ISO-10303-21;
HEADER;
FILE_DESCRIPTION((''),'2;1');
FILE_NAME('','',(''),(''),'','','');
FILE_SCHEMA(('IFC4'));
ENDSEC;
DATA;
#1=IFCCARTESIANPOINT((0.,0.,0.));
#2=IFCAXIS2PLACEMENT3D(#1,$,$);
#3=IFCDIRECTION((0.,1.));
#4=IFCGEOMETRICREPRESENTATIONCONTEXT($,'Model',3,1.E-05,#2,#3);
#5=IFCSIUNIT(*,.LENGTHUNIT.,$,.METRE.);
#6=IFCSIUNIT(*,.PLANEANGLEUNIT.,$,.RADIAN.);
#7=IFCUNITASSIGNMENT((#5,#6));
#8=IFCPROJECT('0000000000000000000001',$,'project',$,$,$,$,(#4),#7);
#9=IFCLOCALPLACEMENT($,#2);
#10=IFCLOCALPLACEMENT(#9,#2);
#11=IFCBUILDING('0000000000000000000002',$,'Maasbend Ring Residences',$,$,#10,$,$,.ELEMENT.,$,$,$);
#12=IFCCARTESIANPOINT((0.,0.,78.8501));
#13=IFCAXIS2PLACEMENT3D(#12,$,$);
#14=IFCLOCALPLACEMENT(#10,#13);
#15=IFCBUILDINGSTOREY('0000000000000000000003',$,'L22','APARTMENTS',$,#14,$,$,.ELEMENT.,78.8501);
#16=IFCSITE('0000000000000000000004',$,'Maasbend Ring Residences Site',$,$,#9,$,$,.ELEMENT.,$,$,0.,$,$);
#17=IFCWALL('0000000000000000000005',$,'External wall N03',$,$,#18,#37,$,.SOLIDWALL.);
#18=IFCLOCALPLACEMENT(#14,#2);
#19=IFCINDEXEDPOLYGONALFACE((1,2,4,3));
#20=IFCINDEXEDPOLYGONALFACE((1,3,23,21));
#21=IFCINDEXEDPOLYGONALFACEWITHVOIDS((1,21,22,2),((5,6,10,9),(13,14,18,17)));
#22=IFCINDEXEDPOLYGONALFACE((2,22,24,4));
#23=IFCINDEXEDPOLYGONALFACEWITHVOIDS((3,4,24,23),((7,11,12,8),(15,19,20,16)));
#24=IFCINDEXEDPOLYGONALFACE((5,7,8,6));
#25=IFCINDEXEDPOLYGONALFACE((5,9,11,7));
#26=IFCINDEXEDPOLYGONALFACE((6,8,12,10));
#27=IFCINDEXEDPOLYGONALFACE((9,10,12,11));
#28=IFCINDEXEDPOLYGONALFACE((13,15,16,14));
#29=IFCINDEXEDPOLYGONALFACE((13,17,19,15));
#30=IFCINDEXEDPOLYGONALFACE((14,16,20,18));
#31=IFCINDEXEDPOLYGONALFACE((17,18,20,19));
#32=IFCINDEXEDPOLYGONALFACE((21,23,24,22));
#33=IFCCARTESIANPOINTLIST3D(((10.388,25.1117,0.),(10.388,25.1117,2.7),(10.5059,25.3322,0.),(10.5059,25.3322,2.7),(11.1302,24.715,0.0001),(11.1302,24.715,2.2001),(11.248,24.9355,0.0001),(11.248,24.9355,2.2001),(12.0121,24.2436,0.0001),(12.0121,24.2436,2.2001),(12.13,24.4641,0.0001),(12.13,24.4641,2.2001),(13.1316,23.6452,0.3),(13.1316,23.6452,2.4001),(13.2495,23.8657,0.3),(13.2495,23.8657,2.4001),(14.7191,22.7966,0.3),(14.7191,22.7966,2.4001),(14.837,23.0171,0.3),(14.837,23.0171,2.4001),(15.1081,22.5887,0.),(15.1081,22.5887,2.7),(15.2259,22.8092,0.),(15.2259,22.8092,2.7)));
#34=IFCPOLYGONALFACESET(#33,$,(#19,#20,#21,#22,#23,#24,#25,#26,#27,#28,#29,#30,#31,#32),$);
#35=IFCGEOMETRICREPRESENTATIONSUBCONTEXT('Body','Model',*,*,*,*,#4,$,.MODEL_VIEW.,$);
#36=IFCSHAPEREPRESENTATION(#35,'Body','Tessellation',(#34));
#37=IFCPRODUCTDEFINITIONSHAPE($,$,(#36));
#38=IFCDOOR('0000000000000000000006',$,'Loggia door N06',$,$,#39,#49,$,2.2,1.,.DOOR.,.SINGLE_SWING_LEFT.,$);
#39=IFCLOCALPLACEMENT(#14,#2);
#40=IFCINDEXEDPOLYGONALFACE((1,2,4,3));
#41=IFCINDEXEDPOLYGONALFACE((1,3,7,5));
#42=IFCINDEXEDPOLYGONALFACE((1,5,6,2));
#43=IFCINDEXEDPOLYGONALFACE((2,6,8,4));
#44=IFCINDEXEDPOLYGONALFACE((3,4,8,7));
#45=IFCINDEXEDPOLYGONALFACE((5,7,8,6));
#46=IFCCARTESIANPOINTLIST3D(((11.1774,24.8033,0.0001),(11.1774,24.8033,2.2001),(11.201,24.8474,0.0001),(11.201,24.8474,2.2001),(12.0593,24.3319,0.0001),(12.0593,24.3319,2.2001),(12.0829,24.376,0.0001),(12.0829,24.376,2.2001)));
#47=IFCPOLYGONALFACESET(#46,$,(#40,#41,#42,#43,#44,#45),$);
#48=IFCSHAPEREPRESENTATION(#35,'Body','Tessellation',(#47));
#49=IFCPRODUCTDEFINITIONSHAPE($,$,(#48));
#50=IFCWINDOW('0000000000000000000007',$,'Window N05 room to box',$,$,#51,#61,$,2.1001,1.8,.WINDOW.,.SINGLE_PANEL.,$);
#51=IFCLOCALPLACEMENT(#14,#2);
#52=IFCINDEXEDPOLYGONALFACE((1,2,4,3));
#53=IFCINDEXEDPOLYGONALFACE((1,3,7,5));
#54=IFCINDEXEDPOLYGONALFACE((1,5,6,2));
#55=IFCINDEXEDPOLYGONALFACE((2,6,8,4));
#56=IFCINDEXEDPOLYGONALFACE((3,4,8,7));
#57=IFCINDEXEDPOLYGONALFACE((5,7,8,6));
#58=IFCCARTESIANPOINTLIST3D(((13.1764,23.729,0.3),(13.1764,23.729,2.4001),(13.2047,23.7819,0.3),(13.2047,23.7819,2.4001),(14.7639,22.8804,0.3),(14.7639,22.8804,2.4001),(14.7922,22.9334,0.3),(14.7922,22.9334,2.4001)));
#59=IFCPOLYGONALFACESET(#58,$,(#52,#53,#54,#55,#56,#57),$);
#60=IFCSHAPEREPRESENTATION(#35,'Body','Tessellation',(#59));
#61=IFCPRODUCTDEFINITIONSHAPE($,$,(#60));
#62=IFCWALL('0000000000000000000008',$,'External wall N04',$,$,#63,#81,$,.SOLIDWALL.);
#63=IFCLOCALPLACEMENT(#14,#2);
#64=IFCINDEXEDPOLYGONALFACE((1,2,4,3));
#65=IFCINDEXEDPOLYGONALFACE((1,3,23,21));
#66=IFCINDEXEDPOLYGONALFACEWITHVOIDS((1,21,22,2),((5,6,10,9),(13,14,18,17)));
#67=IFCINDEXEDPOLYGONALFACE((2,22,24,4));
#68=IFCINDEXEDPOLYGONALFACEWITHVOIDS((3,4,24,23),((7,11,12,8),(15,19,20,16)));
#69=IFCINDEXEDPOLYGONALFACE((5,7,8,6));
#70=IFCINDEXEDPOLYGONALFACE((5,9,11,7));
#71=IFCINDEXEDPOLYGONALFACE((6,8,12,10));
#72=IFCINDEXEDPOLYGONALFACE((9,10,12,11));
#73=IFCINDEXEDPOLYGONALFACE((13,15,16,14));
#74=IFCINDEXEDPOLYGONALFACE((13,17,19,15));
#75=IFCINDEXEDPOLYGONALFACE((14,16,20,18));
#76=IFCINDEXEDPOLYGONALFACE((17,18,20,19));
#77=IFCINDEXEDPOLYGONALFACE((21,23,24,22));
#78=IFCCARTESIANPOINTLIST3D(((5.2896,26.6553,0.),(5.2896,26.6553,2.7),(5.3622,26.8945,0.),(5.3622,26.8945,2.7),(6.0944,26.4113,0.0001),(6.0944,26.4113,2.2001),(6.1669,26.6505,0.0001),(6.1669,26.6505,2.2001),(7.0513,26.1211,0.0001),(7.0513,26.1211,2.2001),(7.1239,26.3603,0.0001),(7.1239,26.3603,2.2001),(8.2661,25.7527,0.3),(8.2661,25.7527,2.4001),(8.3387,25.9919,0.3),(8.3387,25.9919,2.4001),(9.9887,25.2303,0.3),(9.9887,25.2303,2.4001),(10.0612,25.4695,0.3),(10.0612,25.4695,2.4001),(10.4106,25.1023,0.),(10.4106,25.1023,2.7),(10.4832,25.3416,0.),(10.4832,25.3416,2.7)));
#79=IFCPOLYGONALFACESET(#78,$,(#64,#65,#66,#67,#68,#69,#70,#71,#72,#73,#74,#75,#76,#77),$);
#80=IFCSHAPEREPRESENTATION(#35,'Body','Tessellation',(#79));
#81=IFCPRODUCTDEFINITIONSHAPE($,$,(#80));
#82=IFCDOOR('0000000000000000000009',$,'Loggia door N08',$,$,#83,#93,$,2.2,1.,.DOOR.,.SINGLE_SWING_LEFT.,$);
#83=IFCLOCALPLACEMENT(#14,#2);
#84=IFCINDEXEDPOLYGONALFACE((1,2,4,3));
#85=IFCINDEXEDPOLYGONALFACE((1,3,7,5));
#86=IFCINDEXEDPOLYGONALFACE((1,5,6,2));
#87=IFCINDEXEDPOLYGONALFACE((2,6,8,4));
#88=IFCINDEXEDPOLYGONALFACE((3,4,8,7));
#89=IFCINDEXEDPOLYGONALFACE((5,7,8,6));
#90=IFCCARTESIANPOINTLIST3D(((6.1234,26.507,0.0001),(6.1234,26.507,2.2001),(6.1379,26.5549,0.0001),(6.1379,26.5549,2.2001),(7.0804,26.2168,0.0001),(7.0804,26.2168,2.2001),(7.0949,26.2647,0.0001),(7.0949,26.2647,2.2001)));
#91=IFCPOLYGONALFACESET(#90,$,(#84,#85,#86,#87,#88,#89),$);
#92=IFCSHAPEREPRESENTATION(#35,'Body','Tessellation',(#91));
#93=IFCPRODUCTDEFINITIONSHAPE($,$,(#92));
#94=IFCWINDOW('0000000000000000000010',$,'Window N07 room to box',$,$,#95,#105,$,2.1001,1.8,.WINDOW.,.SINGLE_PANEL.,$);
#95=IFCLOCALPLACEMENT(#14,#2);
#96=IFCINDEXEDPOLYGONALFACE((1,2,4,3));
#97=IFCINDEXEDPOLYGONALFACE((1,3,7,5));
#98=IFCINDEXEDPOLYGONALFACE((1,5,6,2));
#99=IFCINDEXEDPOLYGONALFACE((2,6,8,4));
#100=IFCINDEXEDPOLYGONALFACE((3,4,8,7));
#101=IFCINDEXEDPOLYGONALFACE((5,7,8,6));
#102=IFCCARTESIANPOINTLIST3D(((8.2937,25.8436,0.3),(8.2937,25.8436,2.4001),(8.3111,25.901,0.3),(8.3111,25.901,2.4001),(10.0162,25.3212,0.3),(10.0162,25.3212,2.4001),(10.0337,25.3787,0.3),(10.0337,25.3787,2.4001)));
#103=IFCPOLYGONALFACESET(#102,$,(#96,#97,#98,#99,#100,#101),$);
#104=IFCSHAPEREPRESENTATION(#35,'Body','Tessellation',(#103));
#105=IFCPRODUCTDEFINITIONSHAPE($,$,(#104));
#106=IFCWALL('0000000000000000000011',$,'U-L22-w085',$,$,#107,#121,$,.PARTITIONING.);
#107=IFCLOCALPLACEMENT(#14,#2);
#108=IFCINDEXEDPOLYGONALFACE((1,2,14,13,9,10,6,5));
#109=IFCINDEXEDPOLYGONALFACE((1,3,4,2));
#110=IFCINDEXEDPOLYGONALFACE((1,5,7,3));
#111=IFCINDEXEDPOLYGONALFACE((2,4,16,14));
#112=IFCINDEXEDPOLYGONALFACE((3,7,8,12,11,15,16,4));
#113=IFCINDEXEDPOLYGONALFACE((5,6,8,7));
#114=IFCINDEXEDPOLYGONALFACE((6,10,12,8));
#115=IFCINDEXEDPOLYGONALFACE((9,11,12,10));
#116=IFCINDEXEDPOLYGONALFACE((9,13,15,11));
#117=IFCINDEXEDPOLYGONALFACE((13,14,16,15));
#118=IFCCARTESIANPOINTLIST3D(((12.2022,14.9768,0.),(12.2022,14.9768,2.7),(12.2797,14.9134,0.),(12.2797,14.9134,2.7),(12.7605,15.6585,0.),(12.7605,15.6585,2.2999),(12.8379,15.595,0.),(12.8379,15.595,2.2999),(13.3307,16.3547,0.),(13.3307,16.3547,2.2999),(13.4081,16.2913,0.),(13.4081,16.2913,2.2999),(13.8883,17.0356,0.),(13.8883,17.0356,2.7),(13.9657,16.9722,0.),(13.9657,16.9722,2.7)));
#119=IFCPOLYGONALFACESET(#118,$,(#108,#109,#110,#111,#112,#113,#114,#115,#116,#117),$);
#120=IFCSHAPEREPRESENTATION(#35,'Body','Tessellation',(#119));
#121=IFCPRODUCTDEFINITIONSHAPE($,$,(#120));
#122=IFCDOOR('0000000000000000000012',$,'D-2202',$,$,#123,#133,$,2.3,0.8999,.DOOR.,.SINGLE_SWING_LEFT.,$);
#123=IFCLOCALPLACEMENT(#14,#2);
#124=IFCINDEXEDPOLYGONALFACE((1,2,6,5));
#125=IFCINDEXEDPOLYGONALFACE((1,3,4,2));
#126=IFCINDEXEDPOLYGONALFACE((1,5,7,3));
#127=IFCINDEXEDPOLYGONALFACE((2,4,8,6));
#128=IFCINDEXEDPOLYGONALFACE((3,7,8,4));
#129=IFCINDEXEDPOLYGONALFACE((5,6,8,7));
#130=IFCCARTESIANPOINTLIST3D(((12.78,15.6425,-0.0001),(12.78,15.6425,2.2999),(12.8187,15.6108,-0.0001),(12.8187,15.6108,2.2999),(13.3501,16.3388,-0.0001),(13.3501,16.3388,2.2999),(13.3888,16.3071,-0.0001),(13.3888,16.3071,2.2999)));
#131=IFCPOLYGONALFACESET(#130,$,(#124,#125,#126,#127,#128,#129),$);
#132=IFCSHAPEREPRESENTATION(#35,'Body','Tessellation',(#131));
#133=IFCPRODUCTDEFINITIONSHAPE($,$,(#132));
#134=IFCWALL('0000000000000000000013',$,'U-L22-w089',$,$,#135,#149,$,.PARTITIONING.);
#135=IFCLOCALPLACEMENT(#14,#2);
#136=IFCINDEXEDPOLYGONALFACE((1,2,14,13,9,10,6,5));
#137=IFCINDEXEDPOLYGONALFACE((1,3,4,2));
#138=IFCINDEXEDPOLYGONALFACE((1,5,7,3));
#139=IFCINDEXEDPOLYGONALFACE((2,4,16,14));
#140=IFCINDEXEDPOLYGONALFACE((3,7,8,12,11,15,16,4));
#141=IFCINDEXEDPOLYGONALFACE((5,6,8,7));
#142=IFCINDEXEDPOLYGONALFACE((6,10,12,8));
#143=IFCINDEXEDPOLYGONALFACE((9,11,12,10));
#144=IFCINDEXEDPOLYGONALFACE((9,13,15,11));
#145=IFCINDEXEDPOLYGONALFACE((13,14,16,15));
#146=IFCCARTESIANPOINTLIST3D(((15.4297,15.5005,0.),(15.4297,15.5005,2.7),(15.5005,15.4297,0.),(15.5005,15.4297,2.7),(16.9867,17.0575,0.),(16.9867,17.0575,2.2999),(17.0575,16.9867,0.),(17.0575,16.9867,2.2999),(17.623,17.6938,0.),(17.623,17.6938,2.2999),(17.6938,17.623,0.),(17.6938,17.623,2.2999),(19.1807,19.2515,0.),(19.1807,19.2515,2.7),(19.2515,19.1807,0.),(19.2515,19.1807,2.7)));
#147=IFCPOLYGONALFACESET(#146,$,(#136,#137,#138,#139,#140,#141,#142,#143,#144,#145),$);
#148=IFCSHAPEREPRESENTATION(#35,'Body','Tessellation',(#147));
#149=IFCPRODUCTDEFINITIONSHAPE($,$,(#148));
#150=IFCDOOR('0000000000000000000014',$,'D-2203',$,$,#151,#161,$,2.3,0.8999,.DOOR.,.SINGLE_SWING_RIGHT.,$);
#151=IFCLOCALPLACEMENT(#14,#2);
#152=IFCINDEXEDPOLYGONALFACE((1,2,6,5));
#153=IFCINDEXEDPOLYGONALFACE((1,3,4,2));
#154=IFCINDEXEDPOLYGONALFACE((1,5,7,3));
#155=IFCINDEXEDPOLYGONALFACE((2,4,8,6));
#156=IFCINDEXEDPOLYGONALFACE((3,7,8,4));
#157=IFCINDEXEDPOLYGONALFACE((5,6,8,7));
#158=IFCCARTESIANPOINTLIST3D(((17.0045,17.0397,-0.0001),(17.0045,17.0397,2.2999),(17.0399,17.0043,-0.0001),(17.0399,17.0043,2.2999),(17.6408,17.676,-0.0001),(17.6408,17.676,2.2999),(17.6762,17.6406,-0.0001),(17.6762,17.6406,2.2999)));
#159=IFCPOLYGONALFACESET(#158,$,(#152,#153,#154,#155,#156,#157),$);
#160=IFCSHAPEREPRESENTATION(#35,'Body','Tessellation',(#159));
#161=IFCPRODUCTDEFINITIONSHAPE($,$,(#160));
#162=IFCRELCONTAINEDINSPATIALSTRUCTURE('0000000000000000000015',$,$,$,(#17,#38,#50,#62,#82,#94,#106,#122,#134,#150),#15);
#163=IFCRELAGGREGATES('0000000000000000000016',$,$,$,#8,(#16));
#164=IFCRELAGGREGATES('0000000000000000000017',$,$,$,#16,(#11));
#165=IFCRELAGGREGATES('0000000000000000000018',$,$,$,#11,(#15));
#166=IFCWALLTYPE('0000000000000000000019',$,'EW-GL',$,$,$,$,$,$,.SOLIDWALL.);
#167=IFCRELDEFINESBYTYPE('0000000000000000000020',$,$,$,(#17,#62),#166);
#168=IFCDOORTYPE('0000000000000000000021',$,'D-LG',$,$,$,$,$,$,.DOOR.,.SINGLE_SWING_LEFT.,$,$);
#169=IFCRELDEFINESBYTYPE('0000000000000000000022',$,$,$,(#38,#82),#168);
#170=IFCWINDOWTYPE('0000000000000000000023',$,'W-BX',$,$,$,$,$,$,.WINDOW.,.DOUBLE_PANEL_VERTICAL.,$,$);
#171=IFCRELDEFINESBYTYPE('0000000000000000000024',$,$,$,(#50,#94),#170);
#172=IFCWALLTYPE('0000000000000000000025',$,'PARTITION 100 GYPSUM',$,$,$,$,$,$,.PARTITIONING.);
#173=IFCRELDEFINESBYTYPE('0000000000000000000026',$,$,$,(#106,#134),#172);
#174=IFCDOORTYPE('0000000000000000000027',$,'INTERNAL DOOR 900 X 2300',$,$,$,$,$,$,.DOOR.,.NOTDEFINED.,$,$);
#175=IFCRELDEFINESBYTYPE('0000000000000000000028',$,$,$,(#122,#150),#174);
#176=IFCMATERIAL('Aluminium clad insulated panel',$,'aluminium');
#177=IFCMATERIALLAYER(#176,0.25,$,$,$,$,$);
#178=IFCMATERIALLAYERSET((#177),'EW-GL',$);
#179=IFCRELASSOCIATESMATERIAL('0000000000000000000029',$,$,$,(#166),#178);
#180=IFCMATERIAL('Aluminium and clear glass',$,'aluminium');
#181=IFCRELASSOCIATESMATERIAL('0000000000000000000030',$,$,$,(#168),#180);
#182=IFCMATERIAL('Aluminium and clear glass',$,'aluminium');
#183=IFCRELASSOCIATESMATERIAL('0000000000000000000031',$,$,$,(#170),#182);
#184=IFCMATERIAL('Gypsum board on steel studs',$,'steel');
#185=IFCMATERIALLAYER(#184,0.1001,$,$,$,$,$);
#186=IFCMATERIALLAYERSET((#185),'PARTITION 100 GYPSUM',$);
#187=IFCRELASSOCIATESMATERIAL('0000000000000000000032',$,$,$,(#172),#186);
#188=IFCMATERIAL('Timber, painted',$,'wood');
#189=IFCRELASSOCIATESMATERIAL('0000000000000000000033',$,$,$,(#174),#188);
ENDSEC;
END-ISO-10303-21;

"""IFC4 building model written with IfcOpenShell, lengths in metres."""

from ifc_helpers import new_model, si_unit, direction, frame, frame_2d, origin, place, context, subcontext, project, spatial, rectangle, extrude, material, layer, layer_set, type_object, element, fill, save


model = new_model("IFC4")

# Units and contexts
model_context = context("Model", 3, precision=1e-05, world=origin(), true_north=direction((0.0, 1.0)))
body_context = subcontext(model_context, "Body", "Model", "MODEL_VIEW")
ifc_project = project(units=[si_unit("LENGTHUNIT", "METRE"), si_unit("PLANEANGLEUNIT", "RADIAN")], contexts=[model_context])

# Site, building, storey
site_placement = place(None, origin())
site = spatial("IfcSite", under=ifc_project, at=site_placement, Name="Maasbend Ring Residences Site", CompositionType="ELEMENT", RefElevation=0.0)
building_placement = place(site_placement, origin())
building = spatial("IfcBuilding", under=site, at=building_placement, Name="Maasbend Ring Residences", CompositionType="ELEMENT")
storey_placement = place(building_placement, frame((0.0, 0.0, 78.8501)))
storey = spatial("IfcBuildingStorey", under=building, at=storey_placement, Name="L22", Description="APARTMENTS", CompositionType="ELEMENT", Elevation=78.8501)

# Walls, openings, doors, windows
ifc_material_1 = material(Name="Aluminium clad insulated panel", Category="aluminium")
ifc_layer_1 = layer(ifc_material_1, 0.25)
ifc_layer_set_1 = layer_set([ifc_layer_1], Name="EW-GL")
wall_type_1 = type_object("IfcWallType", Name="EW-GL", PredefinedType="SOLIDWALL", material=ifc_layer_set_1)
wall_1_placement = place(storey_placement, frame((15.167, 22.699, 0.0), z_axis=(0.0, 0.0, 1.0), x_axis=(-0.881916, 0.471407, 0.0)))
wall_1 = element("IfcWall", 1, at=wall_1_placement, inside=storey, type_object=wall_type_1, Name="External wall N03", PredefinedType="SOLIDWALL", context=body_context, shape_type="SweptSolid", body=[
    extrude(rectangle(XDim=5.3521, YDim=0.25, at=frame_2d((2.676, 0.0))), origin(), (0.0, 0.0, 1.0), 2.7),
])
opening_1_placement = place(wall_1_placement, frame((0.4412, 0.0, 0.3)))
opening_1 = element("IfcOpeningElement", 2, at=opening_1_placement, cuts=wall_1, PredefinedType="OPENING", context=body_context, shape_type="SweptSolid", body=[
    extrude(rectangle(XDim=1.8, YDim=2.1001, at=frame_2d((0.8999, 1.05))), frame((0.0, 0.135, 0.0), z_axis=(0.0, -1.0, 0.0), x_axis=(1.0, 0.0, 0.0)), (0.0, 0.0, 1.0), 0.27),
])
opening_2_placement = place(wall_1_placement, frame((3.5105, 0.0, 0.0)))
opening_2 = element("IfcOpeningElement", 3, at=opening_2_placement, cuts=wall_1, PredefinedType="OPENING", context=body_context, shape_type="SweptSolid", body=[
    extrude(rectangle(XDim=1.0, YDim=2.2, at=frame_2d((0.5, 1.1001))), frame((0.0, 0.135, 0.0), z_axis=(0.0, -1.0, 0.0), x_axis=(1.0, 0.0, 0.0)), (0.0, 0.0, 1.0), 0.27),
])
ifc_material_2 = material(Name="Aluminium and clear glass", Category="aluminium")
door_type_1 = type_object("IfcDoorType", Name="D-LG", OperationType="SINGLE_SWING_LEFT", PredefinedType="DOOR", material=ifc_material_2)
door_1_placement = place(opening_2_placement, origin())
door_1 = element("IfcDoor", 4, at=door_1_placement, inside=storey, type_object=door_type_1, Name="Loggia door N06", OperationType="SINGLE_SWING_LEFT", OverallHeight=2.2, OverallWidth=1.0, PredefinedType="DOOR", context=body_context, shape_type="SweptSolid", body=[
    extrude(rectangle(XDim=1.0, YDim=2.2, at=frame_2d((0.5, 1.1001))), frame((0.0, 0.0249, 0.0), z_axis=(0.0, -1.0, 0.0), x_axis=(1.0, 0.0, 0.0)), (0.0, 0.0, 1.0), 0.05),
])
fill(opening_2, door_1)
ifc_material_3 = material(Name="Aluminium and clear glass", Category="aluminium")
window_type_1 = type_object("IfcWindowType", Name="W-BX", PartitioningType="DOUBLE_PANEL_VERTICAL", PredefinedType="WINDOW", material=ifc_material_3)
window_1_placement = place(opening_1_placement, origin())
window_1 = element("IfcWindow", 5, at=window_1_placement, inside=storey, type_object=window_type_1, Name="Window N05 room to box", OverallHeight=2.1001, OverallWidth=1.8, PartitioningType="SINGLE_PANEL", PredefinedType="WINDOW", context=body_context, shape_type="SweptSolid", body=[
    extrude(rectangle(XDim=1.8, YDim=2.1001, at=frame_2d((0.8999, 1.05))), frame((0.0, 0.03, 0.0), z_axis=(0.0, -1.0, 0.0), x_axis=(1.0, 0.0, 0.0)), (0.0, 0.0, 1.0), 0.0601),
])
fill(opening_1, window_1)
wall_2_placement = place(storey_placement, frame((10.447, 25.2219, 0.0), z_axis=(0.0, 0.0, 1.0), x_axis=(-0.956966, 0.290201, 0.0)))
wall_2 = element("IfcWall", 6, at=wall_2_placement, inside=storey, type_object=wall_type_1, Name="External wall N04", PredefinedType="SOLIDWALL", context=body_context, shape_type="SweptSolid", body=[
    extrude(rectangle(XDim=5.3513, YDim=0.25, at=frame_2d((2.6758, 0.0))), origin(), (0.0, 0.0, 1.0), 2.7),
])
opening_3_placement = place(wall_2_placement, frame((0.4412, 0.0, 0.3)))
opening_3 = element("IfcOpeningElement", 7, at=opening_3_placement, cuts=wall_2, PredefinedType="OPENING", context=body_context, shape_type="SweptSolid", body=[
    extrude(rectangle(XDim=1.8, YDim=2.1001, at=frame_2d((0.8999, 1.05))), frame((0.0, 0.135, 0.0), z_axis=(0.0, -1.0, 0.0), x_axis=(1.0, 0.0, 0.0)), (0.0, 0.0, 1.0), 0.27),
])
opening_4_placement = place(wall_2_placement, frame((3.5105, 0.0, 0.0)))
opening_4 = element("IfcOpeningElement", 8, at=opening_4_placement, cuts=wall_2, PredefinedType="OPENING", context=body_context, shape_type="SweptSolid", body=[
    extrude(rectangle(XDim=1.0, YDim=2.2, at=frame_2d((0.5, 1.1001))), frame((0.0, 0.135, 0.0), z_axis=(0.0, -1.0, 0.0), x_axis=(1.0, 0.0, 0.0)), (0.0, 0.0, 1.0), 0.27),
])
door_2_placement = place(opening_4_placement, origin())
door_2 = element("IfcDoor", 9, at=door_2_placement, inside=storey, type_object=door_type_1, Name="Loggia door N08", OperationType="SINGLE_SWING_LEFT", OverallHeight=2.2, OverallWidth=1.0, PredefinedType="DOOR", context=body_context, shape_type="SweptSolid", body=[
    extrude(rectangle(XDim=1.0, YDim=2.2, at=frame_2d((0.5, 1.1001))), frame((0.0, 0.0249, 0.0), z_axis=(0.0, -1.0, 0.0), x_axis=(1.0, 0.0, 0.0)), (0.0, 0.0, 1.0), 0.05),
])
fill(opening_4, door_2)
window_2_placement = place(opening_3_placement, origin())
window_2 = element("IfcWindow", 10, at=window_2_placement, inside=storey, type_object=window_type_1, Name="Window N07 room to box", OverallHeight=2.1001, OverallWidth=1.8, PartitioningType="SINGLE_PANEL", PredefinedType="WINDOW", context=body_context, shape_type="SweptSolid", body=[
    extrude(rectangle(XDim=1.8, YDim=2.1001, at=frame_2d((0.8999, 1.05))), frame((0.0, 0.03, 0.0), z_axis=(0.0, -1.0, 0.0), x_axis=(1.0, 0.0, 0.0)), (0.0, 0.0, 1.0), 0.0601),
])
fill(opening_3, window_2)

# Walls, openings, doors
ifc_material_4 = material(Name="Gypsum board on steel studs", Category="steel")
ifc_layer_2 = layer(ifc_material_4, 0.1001)
ifc_layer_set_2 = layer_set([ifc_layer_2], Name="PARTITION 100 GYPSUM")
wall_type_2 = type_object("IfcWallType", Name="PARTITION 100 GYPSUM", PredefinedType="PARTITIONING", material=ifc_layer_set_2)
wall_3_placement = place(storey_placement, frame((12.241, 14.9451, 0.0), z_axis=(0.0, 0.0, 1.0), x_axis=(0.633582, 0.773675, 0.0)))
wall_3 = element("IfcWall", 11, at=wall_3_placement, inside=storey, type_object=wall_type_2, Name="U-L22-w085", PredefinedType="PARTITIONING", context=body_context, shape_type="SweptSolid", body=[
    extrude(rectangle(XDim=2.6611, YDim=0.1001, at=frame_2d((1.3306, 0.0))), origin(), (0.0, 0.0, 1.0), 2.7),
])
opening_5_placement = place(wall_3_placement, frame((0.8811, 0.0, 0.0)))
opening_5 = element("IfcOpeningElement", 12, at=opening_5_placement, cuts=wall_3, PredefinedType="OPENING", context=body_context, shape_type="SweptSolid", body=[
    extrude(rectangle(XDim=0.8999, YDim=2.3, at=frame_2d((0.45, 1.1499))), frame((0.0, 0.0601, 0.0), z_axis=(0.0, -1.0, 0.0), x_axis=(1.0, 0.0, 0.0)), (0.0, 0.0, 1.0), 0.1201),
])
ifc_material_5 = material(Name="Timber, painted", Category="wood")
door_type_2 = type_object("IfcDoorType", Name="INTERNAL DOOR 900 X 2300", OperationType="NOTDEFINED", PredefinedType="DOOR", material=ifc_material_5)
door_3_placement = place(opening_5_placement, origin())
door_3 = element("IfcDoor", 13, at=door_3_placement, inside=storey, type_object=door_type_2, Name="D-2202", OperationType="SINGLE_SWING_LEFT", OverallHeight=2.3, OverallWidth=0.8999, PredefinedType="DOOR", context=body_context, shape_type="SweptSolid", body=[
    extrude(rectangle(XDim=0.8999, YDim=2.3, at=frame_2d((0.45, 1.1499))), frame((0.0, 0.0249, 0.0), z_axis=(0.0, -1.0, 0.0), x_axis=(1.0, 0.0, 0.0)), (0.0, 0.0, 1.0), 0.05),
])
fill(opening_5, door_3)
wall_4_placement = place(storey_placement, frame((15.4651, 15.4651, 0.0), z_axis=(0.0, 0.0, 1.0), x_axis=(0.707107, 0.707107, 0.0)))
wall_4 = element("IfcWall", 14, at=wall_4_placement, inside=storey, type_object=wall_type_2, Name="U-L22-w089", PredefinedType="PARTITIONING", context=body_context, shape_type="SweptSolid", body=[
    extrude(rectangle(XDim=5.3047, YDim=0.1001, at=frame_2d((2.6523, 0.0))), origin(), (0.0, 0.0, 1.0), 2.7),
])
opening_6_placement = place(wall_4_placement, frame((2.2019, 0.0, 0.0)))
opening_6 = element("IfcOpeningElement", 15, at=opening_6_placement, cuts=wall_4, PredefinedType="OPENING", context=body_context, shape_type="SweptSolid", body=[
    extrude(rectangle(XDim=0.8999, YDim=2.3, at=frame_2d((0.45, 1.1499))), frame((0.0, 0.0601, 0.0), z_axis=(0.0, -1.0, 0.0), x_axis=(1.0, 0.0, 0.0)), (0.0, 0.0, 1.0), 0.1201),
])
door_4_placement = place(opening_6_placement, origin())
door_4 = element("IfcDoor", 16, at=door_4_placement, inside=storey, type_object=door_type_2, Name="D-2203", OperationType="SINGLE_SWING_RIGHT", OverallHeight=2.3, OverallWidth=0.8999, PredefinedType="DOOR", context=body_context, shape_type="SweptSolid", body=[
    extrude(rectangle(XDim=0.8999, YDim=2.3, at=frame_2d((0.45, 1.1499))), frame((0.0, 0.0249, 0.0), z_axis=(0.0, -1.0, 0.0), x_axis=(1.0, 0.0, 0.0)), (0.0, 0.0, 1.0), 0.05),
])
fill(opening_6, door_4)

save(model, "model.ifc")
